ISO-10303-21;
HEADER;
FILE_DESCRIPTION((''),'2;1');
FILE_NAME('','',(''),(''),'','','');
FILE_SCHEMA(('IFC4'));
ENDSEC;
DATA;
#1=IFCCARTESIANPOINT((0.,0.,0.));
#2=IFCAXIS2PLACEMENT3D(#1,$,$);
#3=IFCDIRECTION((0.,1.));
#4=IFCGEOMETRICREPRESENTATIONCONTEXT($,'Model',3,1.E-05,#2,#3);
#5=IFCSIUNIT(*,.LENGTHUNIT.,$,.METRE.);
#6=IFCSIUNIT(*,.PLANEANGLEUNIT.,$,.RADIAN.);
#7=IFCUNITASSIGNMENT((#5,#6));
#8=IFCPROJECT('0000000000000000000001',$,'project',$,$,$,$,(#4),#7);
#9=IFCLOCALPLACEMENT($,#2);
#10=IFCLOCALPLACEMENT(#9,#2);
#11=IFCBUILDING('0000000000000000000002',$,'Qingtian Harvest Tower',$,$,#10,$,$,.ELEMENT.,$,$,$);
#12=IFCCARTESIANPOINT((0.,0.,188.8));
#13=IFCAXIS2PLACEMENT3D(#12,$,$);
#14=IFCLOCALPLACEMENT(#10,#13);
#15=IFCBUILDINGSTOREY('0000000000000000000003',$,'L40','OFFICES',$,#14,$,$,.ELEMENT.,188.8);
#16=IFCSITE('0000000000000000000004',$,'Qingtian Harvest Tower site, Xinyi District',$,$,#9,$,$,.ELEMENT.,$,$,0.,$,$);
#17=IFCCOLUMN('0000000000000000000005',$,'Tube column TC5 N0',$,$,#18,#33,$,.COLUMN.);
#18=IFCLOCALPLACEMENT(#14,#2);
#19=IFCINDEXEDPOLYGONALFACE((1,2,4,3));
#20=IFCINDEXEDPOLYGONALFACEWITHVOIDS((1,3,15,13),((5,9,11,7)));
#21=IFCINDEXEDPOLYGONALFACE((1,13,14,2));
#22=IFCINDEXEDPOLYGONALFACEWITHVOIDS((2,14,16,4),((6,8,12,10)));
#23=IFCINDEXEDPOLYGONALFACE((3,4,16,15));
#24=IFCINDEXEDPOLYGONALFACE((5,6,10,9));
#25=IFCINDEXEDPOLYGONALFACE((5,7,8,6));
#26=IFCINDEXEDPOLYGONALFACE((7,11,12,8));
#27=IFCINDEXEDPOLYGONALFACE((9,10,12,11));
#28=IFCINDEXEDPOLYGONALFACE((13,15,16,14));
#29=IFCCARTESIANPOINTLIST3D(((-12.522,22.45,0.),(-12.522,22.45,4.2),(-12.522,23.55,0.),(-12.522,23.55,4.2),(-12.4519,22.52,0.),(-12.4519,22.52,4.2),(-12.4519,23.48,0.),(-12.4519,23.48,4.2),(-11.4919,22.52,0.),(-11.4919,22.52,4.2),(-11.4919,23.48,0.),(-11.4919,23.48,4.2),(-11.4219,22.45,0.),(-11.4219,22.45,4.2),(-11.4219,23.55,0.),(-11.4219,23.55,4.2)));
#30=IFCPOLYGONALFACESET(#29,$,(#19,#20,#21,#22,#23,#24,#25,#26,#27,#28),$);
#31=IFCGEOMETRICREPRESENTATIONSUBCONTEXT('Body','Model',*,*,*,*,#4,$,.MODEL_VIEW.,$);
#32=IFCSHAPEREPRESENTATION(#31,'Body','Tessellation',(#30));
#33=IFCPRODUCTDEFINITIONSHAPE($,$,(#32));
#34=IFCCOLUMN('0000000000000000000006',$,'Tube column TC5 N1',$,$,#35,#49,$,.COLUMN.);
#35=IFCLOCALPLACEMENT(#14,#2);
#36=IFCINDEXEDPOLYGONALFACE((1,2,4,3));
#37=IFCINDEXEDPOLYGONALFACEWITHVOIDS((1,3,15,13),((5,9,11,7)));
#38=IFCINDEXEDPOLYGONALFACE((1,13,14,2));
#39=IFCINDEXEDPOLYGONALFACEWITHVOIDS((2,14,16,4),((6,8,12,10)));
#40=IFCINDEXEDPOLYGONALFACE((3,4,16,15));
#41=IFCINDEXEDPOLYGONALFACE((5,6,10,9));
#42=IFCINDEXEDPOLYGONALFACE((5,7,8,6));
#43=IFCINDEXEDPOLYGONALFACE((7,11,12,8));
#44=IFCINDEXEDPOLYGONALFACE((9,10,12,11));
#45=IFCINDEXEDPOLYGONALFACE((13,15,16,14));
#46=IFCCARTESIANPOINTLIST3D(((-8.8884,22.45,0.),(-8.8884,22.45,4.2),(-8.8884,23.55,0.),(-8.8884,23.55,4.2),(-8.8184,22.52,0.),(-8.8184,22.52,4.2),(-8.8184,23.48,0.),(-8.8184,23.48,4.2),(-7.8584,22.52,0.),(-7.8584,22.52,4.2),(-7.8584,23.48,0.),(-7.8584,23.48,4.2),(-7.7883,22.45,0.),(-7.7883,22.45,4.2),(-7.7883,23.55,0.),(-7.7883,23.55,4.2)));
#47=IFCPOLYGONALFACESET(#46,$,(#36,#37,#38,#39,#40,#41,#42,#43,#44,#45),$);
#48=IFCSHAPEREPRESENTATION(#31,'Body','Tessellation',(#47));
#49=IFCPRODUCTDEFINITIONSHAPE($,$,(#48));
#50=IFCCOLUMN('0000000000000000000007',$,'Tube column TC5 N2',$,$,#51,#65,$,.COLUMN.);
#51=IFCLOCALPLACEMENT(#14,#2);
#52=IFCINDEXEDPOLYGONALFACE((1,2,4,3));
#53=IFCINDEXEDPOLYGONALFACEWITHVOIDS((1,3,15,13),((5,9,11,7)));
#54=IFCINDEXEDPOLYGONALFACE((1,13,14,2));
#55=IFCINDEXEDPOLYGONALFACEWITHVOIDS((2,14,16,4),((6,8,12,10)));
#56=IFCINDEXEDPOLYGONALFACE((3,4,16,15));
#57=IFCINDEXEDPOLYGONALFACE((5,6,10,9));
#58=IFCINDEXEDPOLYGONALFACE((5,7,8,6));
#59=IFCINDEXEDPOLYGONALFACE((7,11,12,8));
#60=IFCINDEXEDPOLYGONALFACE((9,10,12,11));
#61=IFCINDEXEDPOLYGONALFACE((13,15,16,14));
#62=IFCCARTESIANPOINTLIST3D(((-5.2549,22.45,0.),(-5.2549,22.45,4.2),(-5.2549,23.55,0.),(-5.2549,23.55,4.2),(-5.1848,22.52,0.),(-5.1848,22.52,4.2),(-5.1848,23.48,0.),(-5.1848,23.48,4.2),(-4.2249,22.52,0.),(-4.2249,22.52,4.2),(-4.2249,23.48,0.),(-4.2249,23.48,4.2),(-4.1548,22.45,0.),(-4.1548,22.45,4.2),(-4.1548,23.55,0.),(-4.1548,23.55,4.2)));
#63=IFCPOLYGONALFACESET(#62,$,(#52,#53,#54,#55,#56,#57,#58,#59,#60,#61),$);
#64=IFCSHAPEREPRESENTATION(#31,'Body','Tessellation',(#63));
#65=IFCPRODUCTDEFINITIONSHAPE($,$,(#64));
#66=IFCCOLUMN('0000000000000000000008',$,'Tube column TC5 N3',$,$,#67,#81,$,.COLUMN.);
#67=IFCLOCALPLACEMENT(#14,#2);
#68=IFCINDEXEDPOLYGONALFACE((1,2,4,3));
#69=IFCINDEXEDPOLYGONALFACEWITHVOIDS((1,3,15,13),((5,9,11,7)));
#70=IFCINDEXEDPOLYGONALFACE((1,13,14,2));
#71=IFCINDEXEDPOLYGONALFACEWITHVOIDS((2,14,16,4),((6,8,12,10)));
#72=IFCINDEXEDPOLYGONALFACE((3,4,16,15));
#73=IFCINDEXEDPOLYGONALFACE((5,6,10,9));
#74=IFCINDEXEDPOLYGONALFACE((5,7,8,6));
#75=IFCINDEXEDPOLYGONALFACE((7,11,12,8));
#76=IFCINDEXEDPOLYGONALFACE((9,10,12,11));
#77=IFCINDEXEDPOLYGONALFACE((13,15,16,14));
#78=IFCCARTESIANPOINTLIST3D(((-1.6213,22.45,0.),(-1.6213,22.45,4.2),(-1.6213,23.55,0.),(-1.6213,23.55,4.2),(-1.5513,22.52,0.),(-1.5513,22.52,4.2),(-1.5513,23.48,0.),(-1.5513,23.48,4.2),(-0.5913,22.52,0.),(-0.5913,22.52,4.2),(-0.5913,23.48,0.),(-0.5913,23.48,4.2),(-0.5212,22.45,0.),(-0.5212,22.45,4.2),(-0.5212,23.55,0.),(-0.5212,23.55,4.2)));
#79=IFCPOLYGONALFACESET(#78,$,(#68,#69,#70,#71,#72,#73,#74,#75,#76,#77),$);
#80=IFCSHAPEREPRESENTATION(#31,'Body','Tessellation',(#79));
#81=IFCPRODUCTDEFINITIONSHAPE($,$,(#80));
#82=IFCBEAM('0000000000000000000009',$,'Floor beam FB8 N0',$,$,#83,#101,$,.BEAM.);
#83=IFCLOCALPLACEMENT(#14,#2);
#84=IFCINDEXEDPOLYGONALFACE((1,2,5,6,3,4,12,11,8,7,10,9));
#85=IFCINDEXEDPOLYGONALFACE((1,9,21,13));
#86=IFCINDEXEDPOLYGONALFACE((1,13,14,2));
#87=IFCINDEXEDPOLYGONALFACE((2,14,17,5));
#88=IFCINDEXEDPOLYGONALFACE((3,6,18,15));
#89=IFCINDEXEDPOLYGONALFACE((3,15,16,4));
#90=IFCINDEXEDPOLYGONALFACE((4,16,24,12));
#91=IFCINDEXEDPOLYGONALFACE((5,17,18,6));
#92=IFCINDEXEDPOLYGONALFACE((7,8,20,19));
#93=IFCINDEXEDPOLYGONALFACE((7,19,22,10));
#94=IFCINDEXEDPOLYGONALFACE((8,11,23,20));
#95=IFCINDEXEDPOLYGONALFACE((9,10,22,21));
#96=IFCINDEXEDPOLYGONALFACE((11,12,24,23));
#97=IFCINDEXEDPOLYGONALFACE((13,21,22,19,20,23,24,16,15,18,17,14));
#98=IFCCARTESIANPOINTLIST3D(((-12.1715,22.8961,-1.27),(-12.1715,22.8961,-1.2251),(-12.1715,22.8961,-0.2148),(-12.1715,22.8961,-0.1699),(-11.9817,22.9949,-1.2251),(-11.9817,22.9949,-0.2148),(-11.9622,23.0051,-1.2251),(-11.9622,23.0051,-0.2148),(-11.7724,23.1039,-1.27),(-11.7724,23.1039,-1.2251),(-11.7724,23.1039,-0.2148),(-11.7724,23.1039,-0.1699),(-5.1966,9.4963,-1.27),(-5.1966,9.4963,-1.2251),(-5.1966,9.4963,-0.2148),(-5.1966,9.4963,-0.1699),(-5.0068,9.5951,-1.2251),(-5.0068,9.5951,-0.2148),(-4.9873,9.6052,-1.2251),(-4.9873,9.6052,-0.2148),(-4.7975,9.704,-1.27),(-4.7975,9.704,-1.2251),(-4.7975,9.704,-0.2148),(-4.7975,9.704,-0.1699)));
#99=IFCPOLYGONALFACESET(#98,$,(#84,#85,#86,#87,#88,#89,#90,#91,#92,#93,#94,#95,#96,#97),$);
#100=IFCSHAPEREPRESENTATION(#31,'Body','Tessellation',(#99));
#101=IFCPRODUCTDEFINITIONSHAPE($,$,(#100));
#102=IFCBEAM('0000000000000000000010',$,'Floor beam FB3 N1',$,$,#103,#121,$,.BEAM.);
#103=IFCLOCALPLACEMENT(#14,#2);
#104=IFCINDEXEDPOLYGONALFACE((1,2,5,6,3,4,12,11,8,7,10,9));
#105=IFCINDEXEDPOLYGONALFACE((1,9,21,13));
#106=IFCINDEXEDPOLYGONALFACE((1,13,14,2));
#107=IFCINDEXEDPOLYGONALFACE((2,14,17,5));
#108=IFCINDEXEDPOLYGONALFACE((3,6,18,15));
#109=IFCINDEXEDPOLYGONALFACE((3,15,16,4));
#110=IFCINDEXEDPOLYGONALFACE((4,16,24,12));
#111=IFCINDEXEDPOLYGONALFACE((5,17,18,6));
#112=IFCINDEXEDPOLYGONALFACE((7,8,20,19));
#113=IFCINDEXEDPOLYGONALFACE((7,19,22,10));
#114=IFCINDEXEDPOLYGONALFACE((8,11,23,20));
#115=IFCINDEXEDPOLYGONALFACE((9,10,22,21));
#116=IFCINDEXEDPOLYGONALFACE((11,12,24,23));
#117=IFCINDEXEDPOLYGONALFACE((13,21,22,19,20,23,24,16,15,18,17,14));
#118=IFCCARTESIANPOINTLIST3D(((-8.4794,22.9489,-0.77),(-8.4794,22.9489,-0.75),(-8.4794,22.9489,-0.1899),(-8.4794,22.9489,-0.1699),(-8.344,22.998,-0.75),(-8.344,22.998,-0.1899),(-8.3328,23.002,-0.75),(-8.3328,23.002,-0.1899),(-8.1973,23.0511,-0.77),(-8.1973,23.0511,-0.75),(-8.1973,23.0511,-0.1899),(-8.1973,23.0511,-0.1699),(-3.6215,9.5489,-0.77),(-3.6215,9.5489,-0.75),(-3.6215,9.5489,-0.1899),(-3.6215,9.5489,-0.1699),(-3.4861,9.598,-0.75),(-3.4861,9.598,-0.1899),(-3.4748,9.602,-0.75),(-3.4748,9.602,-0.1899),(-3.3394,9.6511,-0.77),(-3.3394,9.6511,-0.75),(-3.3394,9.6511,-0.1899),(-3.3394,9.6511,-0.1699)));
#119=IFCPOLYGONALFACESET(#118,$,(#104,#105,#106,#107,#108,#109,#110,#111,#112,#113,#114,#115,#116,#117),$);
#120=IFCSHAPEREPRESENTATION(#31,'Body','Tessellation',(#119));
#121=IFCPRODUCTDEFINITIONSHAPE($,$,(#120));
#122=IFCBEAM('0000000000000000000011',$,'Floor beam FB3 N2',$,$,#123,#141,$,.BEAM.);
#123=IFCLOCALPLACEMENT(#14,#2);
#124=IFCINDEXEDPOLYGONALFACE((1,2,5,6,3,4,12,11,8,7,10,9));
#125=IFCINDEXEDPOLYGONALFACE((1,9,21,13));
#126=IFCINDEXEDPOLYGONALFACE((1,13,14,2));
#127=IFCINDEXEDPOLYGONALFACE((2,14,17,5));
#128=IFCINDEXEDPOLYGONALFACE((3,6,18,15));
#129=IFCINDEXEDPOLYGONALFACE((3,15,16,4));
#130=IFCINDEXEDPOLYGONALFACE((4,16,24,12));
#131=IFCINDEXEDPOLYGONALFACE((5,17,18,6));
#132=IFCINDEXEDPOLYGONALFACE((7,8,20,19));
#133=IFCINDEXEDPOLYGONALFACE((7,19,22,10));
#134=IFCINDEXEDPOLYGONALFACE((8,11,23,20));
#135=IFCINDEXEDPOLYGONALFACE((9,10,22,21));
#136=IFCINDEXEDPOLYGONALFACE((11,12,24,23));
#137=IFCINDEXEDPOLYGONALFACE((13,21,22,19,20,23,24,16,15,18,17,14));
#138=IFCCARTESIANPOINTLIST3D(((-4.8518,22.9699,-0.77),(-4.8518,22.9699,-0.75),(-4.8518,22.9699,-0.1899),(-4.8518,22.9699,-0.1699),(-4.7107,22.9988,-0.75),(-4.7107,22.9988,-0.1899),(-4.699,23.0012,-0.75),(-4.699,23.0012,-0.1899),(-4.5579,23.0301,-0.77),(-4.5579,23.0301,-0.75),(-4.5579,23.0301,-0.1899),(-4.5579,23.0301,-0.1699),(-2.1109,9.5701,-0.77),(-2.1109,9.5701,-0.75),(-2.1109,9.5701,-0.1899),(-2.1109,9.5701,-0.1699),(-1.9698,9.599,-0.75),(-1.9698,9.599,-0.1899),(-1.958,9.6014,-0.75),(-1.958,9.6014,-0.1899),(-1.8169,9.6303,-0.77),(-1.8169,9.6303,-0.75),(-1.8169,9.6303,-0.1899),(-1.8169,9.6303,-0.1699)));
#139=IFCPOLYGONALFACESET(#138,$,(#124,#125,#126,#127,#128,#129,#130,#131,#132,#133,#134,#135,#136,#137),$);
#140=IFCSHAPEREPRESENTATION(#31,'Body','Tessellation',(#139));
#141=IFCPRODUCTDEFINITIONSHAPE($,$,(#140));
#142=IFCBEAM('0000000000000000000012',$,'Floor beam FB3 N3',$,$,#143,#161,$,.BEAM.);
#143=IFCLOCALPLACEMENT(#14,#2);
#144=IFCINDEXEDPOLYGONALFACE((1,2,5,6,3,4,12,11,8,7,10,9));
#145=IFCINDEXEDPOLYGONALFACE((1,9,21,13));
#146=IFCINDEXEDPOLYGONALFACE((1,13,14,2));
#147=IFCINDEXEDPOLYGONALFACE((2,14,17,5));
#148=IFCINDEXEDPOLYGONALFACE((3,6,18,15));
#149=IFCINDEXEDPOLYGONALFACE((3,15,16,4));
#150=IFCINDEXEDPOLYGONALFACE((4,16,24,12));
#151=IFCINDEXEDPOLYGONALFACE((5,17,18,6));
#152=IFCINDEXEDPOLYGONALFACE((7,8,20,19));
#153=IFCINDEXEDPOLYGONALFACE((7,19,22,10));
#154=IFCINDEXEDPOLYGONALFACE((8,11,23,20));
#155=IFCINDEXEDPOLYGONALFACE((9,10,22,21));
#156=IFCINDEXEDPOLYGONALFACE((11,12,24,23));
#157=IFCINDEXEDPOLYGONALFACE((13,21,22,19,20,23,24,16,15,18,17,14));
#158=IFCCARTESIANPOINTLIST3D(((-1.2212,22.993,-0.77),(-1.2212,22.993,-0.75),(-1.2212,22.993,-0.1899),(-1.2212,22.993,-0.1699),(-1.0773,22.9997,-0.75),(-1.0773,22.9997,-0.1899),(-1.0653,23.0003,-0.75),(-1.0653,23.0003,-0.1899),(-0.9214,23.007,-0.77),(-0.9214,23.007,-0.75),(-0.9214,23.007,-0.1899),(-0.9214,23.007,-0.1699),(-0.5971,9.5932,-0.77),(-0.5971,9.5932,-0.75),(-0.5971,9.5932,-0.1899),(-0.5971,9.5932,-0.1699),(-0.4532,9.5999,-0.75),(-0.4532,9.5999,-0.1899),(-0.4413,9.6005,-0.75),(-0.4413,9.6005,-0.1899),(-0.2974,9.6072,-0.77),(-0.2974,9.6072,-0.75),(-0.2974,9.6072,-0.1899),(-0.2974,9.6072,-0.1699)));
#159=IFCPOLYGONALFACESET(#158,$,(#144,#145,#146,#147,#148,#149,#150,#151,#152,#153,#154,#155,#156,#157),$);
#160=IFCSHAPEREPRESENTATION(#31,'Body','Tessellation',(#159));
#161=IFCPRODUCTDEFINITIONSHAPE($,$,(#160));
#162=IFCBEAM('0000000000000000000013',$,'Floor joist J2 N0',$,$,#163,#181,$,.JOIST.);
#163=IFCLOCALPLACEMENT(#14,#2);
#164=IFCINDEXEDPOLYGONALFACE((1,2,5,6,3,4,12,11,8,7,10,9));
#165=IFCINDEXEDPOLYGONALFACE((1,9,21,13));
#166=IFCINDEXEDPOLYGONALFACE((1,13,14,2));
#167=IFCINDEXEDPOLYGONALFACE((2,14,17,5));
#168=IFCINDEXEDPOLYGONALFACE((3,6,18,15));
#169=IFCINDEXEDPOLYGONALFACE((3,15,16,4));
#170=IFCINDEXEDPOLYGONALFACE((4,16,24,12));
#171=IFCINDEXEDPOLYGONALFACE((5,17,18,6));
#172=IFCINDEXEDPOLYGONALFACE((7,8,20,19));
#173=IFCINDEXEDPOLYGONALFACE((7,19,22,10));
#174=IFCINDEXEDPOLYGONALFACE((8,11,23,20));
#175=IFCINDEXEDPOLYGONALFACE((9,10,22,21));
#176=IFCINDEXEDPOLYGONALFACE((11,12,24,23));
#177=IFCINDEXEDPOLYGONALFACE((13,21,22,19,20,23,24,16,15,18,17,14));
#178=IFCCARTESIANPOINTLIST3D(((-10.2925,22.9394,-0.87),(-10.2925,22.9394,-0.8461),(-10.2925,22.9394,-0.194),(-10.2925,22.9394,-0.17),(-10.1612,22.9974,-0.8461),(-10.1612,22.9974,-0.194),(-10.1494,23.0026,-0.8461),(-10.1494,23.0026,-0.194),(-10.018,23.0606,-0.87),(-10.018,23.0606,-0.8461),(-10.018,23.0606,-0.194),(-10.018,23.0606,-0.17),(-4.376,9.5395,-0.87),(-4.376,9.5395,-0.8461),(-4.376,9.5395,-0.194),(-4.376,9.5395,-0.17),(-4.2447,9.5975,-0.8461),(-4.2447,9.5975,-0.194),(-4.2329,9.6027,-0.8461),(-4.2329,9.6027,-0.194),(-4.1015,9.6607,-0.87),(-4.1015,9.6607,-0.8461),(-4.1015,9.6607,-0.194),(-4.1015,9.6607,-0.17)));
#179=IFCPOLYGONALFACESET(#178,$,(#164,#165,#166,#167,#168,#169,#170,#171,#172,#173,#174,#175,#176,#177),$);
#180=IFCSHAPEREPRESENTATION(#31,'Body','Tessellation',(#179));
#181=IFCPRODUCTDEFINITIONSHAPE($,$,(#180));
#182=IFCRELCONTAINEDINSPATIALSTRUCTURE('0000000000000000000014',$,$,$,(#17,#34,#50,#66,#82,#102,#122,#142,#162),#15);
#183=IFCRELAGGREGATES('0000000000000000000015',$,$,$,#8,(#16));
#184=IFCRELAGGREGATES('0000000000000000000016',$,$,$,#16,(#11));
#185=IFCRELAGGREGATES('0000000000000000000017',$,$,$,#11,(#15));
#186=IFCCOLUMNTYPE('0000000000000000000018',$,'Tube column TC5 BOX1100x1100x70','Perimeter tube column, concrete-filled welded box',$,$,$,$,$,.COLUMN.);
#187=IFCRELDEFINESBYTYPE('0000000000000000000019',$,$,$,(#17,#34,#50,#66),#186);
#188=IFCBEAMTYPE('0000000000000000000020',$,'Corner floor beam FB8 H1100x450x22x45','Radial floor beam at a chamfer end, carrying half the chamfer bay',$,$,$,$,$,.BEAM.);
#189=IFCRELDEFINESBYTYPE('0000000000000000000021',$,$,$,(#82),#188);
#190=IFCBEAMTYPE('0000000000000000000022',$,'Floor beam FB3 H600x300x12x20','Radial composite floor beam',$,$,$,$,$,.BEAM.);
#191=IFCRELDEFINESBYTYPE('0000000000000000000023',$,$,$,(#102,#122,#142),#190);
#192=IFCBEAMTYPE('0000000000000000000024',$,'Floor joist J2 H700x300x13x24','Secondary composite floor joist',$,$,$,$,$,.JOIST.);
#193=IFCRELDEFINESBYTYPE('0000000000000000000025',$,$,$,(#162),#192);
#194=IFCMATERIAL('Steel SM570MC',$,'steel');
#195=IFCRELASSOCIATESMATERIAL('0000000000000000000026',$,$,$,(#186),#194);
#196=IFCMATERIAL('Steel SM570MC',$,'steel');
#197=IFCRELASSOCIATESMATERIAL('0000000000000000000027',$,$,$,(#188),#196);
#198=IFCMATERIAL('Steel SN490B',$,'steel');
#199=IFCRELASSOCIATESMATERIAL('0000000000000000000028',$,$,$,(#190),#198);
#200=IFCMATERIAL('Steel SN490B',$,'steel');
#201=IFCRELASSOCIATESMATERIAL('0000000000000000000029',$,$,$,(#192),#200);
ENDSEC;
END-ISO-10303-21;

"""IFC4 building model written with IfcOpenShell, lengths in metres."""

from ifc_helpers import new_model, si_unit, direction, frame, origin, origin_2d, place, context, subcontext, project, spatial, hollow_rectangle, i_section, extrude, material, material_profile, profile_set, type_object, element, save


model = new_model("IFC4")

# Units and contexts
model_context = context("Model", 3, precision=1e-05, world=origin(), true_north=direction((0.0, 1.0)))
body_context = subcontext(model_context, "Body", "Model", "MODEL_VIEW")
ifc_project = project(units=[si_unit("LENGTHUNIT", "METRE"), si_unit("PLANEANGLEUNIT", "RADIAN")], contexts=[model_context])

# Site, building, storey
site_placement = place(None, origin())
site = spatial("IfcSite", under=ifc_project, at=site_placement, Name="Qingtian Harvest Tower site, Xinyi District", CompositionType="ELEMENT", RefElevation=0.0)
building_placement = place(site_placement, origin())
building = spatial("IfcBuilding", under=site, at=building_placement, Name="Qingtian Harvest Tower", CompositionType="ELEMENT")
storey_placement = place(building_placement, frame((0.0, 0.0, 188.8)))
storey = spatial("IfcBuildingStorey", under=building, at=storey_placement, Name="L40", Description="OFFICES", CompositionType="ELEMENT", Elevation=188.8)

# Columns
ifc_material_1 = material(Name="Steel SM570MC", Category="steel")
ifc_material_profile_1 = material_profile(ifc_material_1, hollow_rectangle(XDim=1.1001, YDim=1.1001, WallThickness=0.0701, at=origin_2d()), Name="BOX1100x1100x70")
ifc_profile_set_1 = profile_set([ifc_material_profile_1], Name="Steel SM570MC")
column_type = type_object("IfcColumnType", Name="Tube column TC5 BOX1100x1100x70", Description="Perimeter tube column, concrete-filled welded box", PredefinedType="COLUMN", material=ifc_profile_set_1)
for number, where, z_axis, x_axis, name in (
    (1, (-11.9719, 23.0, 0.0), (0.0, 0.0, 1.0), (-1.0, 0.0, 0.0), "Tube column TC5 N0"),
    (2, (-8.3384, 23.0, 0.0), (0.0, 0.0, 1.0), (-1.0, 0.0, 0.0), "Tube column TC5 N1"),
    (3, (-4.7048, 23.0, 0.0), (0.0, 0.0, 1.0), (-1.0, 0.0, 0.0), "Tube column TC5 N2"),
    (4, (-1.0713, 23.0, 0.0), (0.0, 0.0, 1.0), (-1.0, 0.0, 0.0), "Tube column TC5 N3"),
):
    element("IfcColumn", number, at=place(storey_placement, frame(where, z_axis=z_axis, x_axis=x_axis)), inside=storey, type_object=column_type, Name=name, PredefinedType="COLUMN", context=body_context, shape_type="SweptSolid", body=[
        extrude(hollow_rectangle(XDim=1.1001, YDim=1.1001, WallThickness=0.0701, at=origin_2d()), origin(), (0.0, 0.0, 1.0), 4.2),
    ])

# Beams
ifc_material_2 = material(Name="Steel SM570MC", Category="steel")
ifc_material_profile_2 = material_profile(ifc_material_2, i_section(OverallWidth=0.45, OverallDepth=1.1001, WebThickness=0.022, FlangeThickness=0.0449, at=origin_2d()), Name="H1100x450x22x45")
ifc_profile_set_2 = profile_set([ifc_material_profile_2], Name="Steel SM570MC")
beam_type_1 = type_object("IfcBeamType", Name="Corner floor beam FB8 H1100x450x22x45", Description="Radial floor beam at a chamfer end, carrying half the chamfer bay", PredefinedType="BEAM", material=ifc_profile_set_2)
beam_1_placement = place(storey_placement, frame((-11.9719, 23.0, -0.72), z_axis=(0.461712, -0.88703, 0.0), x_axis=(0.88703, 0.461712, 0.0)))
element("IfcBeam", 5, at=beam_1_placement, inside=storey, type_object=beam_type_1, Name="Floor beam FB8 N0", PredefinedType="BEAM", context=body_context, shape_type="SweptSolid", body=[
    extrude(i_section(OverallWidth=0.45, OverallDepth=1.1001, WebThickness=0.022, FlangeThickness=0.0449, at=origin_2d()), origin(), (0.0, 0.0, 1.0), 15.1064),
])
ifc_material_3 = material(Name="Steel SN490B", Category="steel")
ifc_material_profile_3 = material_profile(ifc_material_3, i_section(OverallWidth=0.3, OverallDepth=0.6001, WebThickness=0.012, FlangeThickness=0.02, at=origin_2d()), Name="H600x300x12x20")
ifc_profile_set_3 = profile_set([ifc_material_profile_3], Name="Steel SN490B")
beam_type_2 = type_object("IfcBeamType", Name="Floor beam FB3 H600x300x12x20", Description="Radial composite floor beam", PredefinedType="BEAM", material=ifc_profile_set_3)
beam_2_placement = place(storey_placement, frame((-8.3384, 23.0, -0.47), z_axis=(0.340827, -0.940126, 0.0), x_axis=(0.940126, 0.340827, 0.0)))
element("IfcBeam", 6, at=beam_2_placement, inside=storey, type_object=beam_type_2, Name="Floor beam FB3 N1", PredefinedType="BEAM", context=body_context, shape_type="SweptSolid", body=[
    extrude(i_section(OverallWidth=0.3, OverallDepth=0.6001, WebThickness=0.012, FlangeThickness=0.02, at=origin_2d()), origin(), (0.0, 0.0, 1.0), 14.2534),
])
beam_3_placement = place(storey_placement, frame((-4.7048, 23.0, -0.47), z_axis=(0.200402, -0.979714, 0.0), x_axis=(0.979714, 0.200402, 0.0)))
element("IfcBeam", 7, at=beam_3_placement, inside=storey, type_object=beam_type_2, Name="Floor beam FB3 N2", PredefinedType="BEAM", context=body_context, shape_type="SweptSolid", body=[
    extrude(i_section(OverallWidth=0.3, OverallDepth=0.6001, WebThickness=0.012, FlangeThickness=0.02, at=origin_2d()), origin(), (0.0, 0.0, 1.0), 13.6772),
])
beam_4_placement = place(storey_placement, frame((-1.0713, 23.0, -0.47), z_axis=(0.046519, -0.998917, 0.0), x_axis=(0.998917, 0.046519, 0.0)))
element("IfcBeam", 8, at=beam_4_placement, inside=storey, type_object=beam_type_2, Name="Floor beam FB3 N3", PredefinedType="BEAM", context=body_context, shape_type="SweptSolid", body=[
    extrude(i_section(OverallWidth=0.3, OverallDepth=0.6001, WebThickness=0.012, FlangeThickness=0.02, at=origin_2d()), origin(), (0.0, 0.0, 1.0), 13.4143),
])
ifc_material_4 = material(Name="Steel SN490B", Category="steel")
ifc_material_profile_4 = material_profile(ifc_material_4, i_section(OverallWidth=0.3, OverallDepth=0.7, WebThickness=0.0129, FlangeThickness=0.0239, at=origin_2d()), Name="H700x300x13x24")
ifc_profile_set_4 = profile_set([ifc_material_profile_4], Name="Steel SN490B")
beam_type_3 = type_object("IfcBeamType", Name="Floor joist J2 H700x300x13x24", Description="Secondary composite floor joist", PredefinedType="JOIST", material=ifc_profile_set_4)
beam_5_placement = place(storey_placement, frame((-10.1553, 23.0, -0.52), z_axis=(0.403913, -0.914797, 0.0), x_axis=(0.914797, 0.403913, 0.0)))
element("IfcBeam", 9, at=beam_5_placement, inside=storey, type_object=beam_type_3, Name="Floor joist J2 N0", PredefinedType="JOIST", context=body_context, shape_type="SweptSolid", body=[
    extrude(i_section(OverallWidth=0.3, OverallDepth=0.7, WebThickness=0.0129, FlangeThickness=0.0239, at=origin_2d()), origin(), (0.0, 0.0, 1.0), 14.6479),
])

save(model, "model.ifc")
